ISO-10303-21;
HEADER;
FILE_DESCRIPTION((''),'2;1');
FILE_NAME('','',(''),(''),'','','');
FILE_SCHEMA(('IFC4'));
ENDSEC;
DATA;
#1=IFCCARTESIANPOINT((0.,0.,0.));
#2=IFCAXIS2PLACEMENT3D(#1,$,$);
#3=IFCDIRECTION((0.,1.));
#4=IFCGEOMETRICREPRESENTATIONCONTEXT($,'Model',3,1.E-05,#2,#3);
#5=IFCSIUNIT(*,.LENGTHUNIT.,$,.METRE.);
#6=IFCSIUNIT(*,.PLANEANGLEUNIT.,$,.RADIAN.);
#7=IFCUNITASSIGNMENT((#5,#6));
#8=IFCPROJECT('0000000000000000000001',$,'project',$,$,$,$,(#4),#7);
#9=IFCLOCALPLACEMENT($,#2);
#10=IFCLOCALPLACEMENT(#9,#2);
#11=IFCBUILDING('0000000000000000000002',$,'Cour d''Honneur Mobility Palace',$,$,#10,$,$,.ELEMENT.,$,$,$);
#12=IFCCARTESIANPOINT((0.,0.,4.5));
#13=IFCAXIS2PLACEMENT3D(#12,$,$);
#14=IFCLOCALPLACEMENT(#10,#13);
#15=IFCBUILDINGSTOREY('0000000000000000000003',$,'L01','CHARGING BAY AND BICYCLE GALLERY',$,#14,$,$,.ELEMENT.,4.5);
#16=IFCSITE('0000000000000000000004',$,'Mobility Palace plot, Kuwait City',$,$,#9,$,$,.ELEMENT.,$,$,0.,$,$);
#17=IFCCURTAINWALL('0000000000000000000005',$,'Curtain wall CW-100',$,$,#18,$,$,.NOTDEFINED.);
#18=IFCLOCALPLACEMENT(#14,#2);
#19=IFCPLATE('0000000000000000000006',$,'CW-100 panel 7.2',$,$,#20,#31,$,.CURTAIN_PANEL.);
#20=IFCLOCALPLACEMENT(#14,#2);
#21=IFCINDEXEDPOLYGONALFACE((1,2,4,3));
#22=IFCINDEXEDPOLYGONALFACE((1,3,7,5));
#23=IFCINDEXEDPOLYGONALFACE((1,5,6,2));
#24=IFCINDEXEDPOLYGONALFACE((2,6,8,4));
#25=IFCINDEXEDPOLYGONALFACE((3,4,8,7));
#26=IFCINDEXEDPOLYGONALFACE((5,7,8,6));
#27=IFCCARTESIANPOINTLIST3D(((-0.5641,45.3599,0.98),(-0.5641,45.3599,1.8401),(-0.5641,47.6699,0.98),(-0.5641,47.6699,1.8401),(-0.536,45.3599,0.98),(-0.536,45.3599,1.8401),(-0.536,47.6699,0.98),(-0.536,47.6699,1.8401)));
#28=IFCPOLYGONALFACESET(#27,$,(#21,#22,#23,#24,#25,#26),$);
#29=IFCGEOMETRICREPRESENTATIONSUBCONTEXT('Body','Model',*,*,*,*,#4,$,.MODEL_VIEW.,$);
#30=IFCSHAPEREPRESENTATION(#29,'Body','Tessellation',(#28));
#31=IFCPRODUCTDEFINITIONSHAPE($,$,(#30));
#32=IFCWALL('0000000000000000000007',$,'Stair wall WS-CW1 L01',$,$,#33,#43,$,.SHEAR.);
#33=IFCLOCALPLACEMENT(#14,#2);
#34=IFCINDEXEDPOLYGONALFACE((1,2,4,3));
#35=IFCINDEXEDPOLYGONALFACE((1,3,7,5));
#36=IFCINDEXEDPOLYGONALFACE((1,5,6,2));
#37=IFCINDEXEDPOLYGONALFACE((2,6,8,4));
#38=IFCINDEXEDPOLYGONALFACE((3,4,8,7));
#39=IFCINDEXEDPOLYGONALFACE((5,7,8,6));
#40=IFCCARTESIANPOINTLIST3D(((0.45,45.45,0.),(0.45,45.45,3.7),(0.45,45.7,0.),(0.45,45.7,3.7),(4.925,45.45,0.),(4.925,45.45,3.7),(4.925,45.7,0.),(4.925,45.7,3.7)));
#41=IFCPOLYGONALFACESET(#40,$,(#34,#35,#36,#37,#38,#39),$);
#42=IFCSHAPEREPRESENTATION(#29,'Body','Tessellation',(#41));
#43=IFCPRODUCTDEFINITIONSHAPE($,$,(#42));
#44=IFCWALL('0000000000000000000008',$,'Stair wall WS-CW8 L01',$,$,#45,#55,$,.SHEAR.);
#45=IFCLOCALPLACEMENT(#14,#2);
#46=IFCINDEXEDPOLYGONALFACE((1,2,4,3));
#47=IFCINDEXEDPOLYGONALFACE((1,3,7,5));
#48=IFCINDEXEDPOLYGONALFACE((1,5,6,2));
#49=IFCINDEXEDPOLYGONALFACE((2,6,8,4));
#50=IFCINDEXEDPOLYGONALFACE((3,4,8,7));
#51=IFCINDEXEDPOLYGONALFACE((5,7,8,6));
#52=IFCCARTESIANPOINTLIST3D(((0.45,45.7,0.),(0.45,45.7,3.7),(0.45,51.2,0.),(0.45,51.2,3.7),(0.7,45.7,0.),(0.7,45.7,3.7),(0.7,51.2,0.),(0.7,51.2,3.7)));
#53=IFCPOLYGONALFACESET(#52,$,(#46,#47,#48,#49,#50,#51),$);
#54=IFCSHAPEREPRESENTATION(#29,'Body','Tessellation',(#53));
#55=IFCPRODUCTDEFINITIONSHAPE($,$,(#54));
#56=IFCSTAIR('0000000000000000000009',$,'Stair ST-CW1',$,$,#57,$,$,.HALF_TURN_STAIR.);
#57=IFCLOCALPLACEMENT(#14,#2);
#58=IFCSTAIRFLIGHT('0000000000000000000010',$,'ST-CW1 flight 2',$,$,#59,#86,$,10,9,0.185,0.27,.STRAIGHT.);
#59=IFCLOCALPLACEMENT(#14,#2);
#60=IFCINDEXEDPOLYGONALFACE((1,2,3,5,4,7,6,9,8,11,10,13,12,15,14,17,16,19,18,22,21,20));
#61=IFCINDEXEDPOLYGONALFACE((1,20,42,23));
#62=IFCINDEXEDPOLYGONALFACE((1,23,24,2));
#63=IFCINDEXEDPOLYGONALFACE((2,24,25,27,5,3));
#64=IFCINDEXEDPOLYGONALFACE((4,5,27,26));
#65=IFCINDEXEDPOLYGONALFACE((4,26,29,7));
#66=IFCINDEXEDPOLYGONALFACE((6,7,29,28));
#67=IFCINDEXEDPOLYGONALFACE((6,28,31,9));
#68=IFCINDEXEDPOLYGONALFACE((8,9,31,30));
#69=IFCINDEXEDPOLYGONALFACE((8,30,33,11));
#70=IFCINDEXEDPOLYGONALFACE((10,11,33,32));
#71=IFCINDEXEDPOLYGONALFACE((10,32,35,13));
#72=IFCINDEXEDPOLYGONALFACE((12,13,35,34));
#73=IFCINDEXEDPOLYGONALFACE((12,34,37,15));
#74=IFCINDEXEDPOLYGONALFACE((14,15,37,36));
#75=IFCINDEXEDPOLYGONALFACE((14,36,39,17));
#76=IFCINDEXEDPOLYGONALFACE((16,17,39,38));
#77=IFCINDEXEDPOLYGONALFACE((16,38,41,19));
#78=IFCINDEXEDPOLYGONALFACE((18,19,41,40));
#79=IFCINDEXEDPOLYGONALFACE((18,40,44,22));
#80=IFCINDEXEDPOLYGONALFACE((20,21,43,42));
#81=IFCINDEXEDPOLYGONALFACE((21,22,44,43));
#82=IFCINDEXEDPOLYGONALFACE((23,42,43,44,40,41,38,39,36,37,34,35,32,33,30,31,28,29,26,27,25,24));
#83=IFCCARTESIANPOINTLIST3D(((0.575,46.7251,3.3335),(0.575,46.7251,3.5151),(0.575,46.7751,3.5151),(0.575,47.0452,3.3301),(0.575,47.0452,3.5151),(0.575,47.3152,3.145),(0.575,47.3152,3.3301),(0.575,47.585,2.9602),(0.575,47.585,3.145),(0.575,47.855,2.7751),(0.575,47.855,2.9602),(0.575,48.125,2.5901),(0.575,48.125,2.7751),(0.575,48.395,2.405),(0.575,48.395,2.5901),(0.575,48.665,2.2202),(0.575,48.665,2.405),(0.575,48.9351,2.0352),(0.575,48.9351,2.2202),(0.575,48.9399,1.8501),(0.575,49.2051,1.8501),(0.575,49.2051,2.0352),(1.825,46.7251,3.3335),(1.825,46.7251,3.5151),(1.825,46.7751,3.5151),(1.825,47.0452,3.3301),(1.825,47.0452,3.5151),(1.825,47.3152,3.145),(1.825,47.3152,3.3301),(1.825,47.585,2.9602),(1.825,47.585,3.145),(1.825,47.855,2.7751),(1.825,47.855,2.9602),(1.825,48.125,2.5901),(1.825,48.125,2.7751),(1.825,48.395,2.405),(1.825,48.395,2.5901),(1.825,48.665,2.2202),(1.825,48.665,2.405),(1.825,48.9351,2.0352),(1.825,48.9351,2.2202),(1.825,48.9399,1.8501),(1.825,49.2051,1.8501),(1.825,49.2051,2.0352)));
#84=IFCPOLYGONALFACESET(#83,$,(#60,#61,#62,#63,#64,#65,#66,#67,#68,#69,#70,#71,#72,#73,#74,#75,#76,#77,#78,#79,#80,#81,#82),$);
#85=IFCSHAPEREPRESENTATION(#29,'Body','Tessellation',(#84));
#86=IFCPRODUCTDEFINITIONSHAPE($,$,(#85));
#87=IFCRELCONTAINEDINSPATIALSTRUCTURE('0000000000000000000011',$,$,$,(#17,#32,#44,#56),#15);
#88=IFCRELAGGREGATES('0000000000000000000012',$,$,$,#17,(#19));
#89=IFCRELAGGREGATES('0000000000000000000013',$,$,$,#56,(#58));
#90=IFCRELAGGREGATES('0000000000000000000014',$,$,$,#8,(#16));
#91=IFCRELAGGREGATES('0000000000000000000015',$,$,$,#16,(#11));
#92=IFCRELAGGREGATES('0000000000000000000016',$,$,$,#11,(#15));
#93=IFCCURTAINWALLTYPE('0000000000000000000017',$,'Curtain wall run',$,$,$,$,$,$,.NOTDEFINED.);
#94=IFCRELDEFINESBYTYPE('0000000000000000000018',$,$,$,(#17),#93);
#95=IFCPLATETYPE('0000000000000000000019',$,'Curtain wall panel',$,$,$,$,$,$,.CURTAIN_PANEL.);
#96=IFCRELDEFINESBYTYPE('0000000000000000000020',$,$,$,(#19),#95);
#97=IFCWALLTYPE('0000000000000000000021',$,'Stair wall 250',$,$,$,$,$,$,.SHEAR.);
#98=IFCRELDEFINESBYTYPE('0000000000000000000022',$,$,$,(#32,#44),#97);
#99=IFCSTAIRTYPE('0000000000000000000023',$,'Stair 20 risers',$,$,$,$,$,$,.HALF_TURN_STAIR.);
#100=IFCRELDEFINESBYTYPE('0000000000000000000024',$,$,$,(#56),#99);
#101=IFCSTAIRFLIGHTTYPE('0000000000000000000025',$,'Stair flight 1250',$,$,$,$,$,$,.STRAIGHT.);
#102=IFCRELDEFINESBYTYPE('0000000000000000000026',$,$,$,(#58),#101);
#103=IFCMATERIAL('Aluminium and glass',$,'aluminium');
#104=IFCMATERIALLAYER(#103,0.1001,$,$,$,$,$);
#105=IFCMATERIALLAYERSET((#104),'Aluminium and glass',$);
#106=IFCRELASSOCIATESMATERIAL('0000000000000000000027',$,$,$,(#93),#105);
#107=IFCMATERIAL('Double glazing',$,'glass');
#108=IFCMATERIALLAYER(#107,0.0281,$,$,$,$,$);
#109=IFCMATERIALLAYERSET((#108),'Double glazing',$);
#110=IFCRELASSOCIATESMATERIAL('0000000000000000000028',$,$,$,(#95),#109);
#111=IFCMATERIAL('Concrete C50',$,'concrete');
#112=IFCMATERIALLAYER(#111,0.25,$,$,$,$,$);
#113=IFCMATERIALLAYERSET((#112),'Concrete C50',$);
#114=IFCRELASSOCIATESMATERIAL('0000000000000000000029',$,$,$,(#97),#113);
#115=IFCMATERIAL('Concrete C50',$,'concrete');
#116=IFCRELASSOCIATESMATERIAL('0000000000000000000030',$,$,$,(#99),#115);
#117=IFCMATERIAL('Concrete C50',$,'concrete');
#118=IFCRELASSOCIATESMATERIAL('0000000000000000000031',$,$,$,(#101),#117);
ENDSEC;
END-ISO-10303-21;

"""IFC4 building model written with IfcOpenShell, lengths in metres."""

from ifc_helpers import new_model, si_unit, direction, frame, frame_2d, origin, origin_2d, place, context, subcontext, project, spatial, polyline, rectangle, outline, extrude, material, layer, layer_set, type_object, element, aggregate, save


model = new_model("IFC4")

# Units and contexts
model_context = context("Model", 3, precision=1e-05, world=origin(), true_north=direction((0.0, 1.0)))
body_context = subcontext(model_context, "Body", "Model", "MODEL_VIEW")
ifc_project = project(units=[si_unit("LENGTHUNIT", "METRE"), si_unit("PLANEANGLEUNIT", "RADIAN")], contexts=[model_context])

# Site, building, storey
site_placement = place(None, origin())
site = spatial("IfcSite", under=ifc_project, at=site_placement, Name="Mobility Palace plot, Kuwait City", CompositionType="ELEMENT", RefElevation=0.0)
building_placement = place(site_placement, origin())
building = spatial("IfcBuilding", under=site, at=building_placement, Name="Cour d'Honneur Mobility Palace", CompositionType="ELEMENT")
storey_placement = place(building_placement, frame((0.0, 0.0, 4.5)))
storey = spatial("IfcBuildingStorey", under=building, at=storey_placement, Name="L01", Description="CHARGING BAY AND BICYCLE GALLERY", CompositionType="ELEMENT", Elevation=4.5)

# Curtain wall
ifc_material_1 = material(Name="Aluminium and glass", Category="aluminium")
ifc_layer_1 = layer(ifc_material_1, 0.1001)
ifc_layer_set_1 = layer_set([ifc_layer_1], Name="Aluminium and glass")
curtain_wall_type = type_object("IfcCurtainWallType", Name="Curtain wall run", PredefinedType="NOTDEFINED", material=ifc_layer_set_1)
curtain_wall_placement = place(storey_placement, origin())
curtain_wall = element("IfcCurtainWall", 1, at=curtain_wall_placement, inside=storey, type_object=curtain_wall_type, Name="Curtain wall CW-100", PredefinedType="NOTDEFINED")

# Plate
ifc_material_2 = material(Name="Double glazing", Category="glass")
ifc_layer_2 = layer(ifc_material_2, 0.0281)
ifc_layer_set_2 = layer_set([ifc_layer_2], Name="Double glazing")
plate_type = type_object("IfcPlateType", Name="Curtain wall panel", PredefinedType="CURTAIN_PANEL", material=ifc_layer_set_2)
plate_1_placement = place(storey_placement, frame((-0.55, 46.5149, 0.98), z_axis=(0.0, 0.0, 1.0), x_axis=(0.0, -1.0, 0.0)))
plate_1 = element("IfcPlate", 2, at=plate_1_placement, type_object=plate_type, Name="CW-100 panel 7.2", PredefinedType="CURTAIN_PANEL", context=body_context, shape_type="SweptSolid", body=[
    extrude(rectangle(XDim=2.3101, YDim=0.0281, at=origin_2d()), origin(), (0.0, 0.0, 1.0), 0.8601),
])
aggregate(curtain_wall, [plate_1])

# Walls
ifc_material_3 = material(Name="Concrete C50", Category="concrete")
ifc_layer_3 = layer(ifc_material_3, 0.25)
ifc_layer_set_3 = layer_set([ifc_layer_3], Name="Concrete C50")
wall_type = type_object("IfcWallType", Name="Stair wall 250", PredefinedType="SHEAR", material=ifc_layer_set_3)
wall_1_placement = place(storey_placement, frame((0.45, 45.575, 0.0), z_axis=(0.0, 0.0, 1.0), x_axis=(1.0, 0.0, 0.0)))
element("IfcWall", 3, at=wall_1_placement, inside=storey, type_object=wall_type, Name="Stair wall WS-CW1 L01", PredefinedType="SHEAR", context=body_context, shape_type="SweptSolid", body=[
    extrude(rectangle(XDim=4.4751, YDim=0.25, at=frame_2d((2.2375, 0.0))), origin(), (0.0, 0.0, 1.0), 3.7),
])
wall_2_placement = place(storey_placement, frame((0.575, 45.7, 0.0), z_axis=(0.0, 0.0, 1.0), x_axis=(0.0, 1.0, 0.0)))
element("IfcWall", 4, at=wall_2_placement, inside=storey, type_object=wall_type, Name="Stair wall WS-CW8 L01", PredefinedType="SHEAR", context=body_context, shape_type="SweptSolid", body=[
    extrude(rectangle(XDim=5.5, YDim=0.25, at=frame_2d((2.75, 0.0))), origin(), (0.0, 0.0, 1.0), 3.7),
])

# Stair, stair flight
ifc_material_4 = material(Name="Concrete C50", Category="concrete")
stair_type = type_object("IfcStairType", Name="Stair 20 risers", PredefinedType="HALF_TURN_STAIR", material=ifc_material_4)
stair_placement = place(storey_placement, origin())
stair = element("IfcStair", 5, at=stair_placement, inside=storey, type_object=stair_type, Name="Stair ST-CW1", PredefinedType="HALF_TURN_STAIR")
ifc_material_5 = material(Name="Concrete C50", Category="concrete")
stair_flight_type = type_object("IfcStairFlightType", Name="Stair flight 1250", PredefinedType="STRAIGHT", material=ifc_material_5)
stair_flight_placement = place(storey_placement, frame((1.2, 49.2051, 1.8501), z_axis=(0.0, 0.0, 1.0), x_axis=(0.0, -1.0, 0.0)))
stair_flight = element("IfcStairFlight", 6, at=stair_flight_placement, type_object=stair_flight_type, Name="ST-CW1 flight 2", NumberOfRisers=10, NumberOfTreads=9, PredefinedType="STRAIGHT", RiserHeight=0.185, TreadLength=0.27, context=body_context, shape_type="SweptSolid", body=[
    extrude(outline(polyline([(0.0, 0.0), (0.0, 0.1851), (0.27, 0.1851), (0.27, 0.3701), (0.54, 0.3701), (0.54, 0.5549), (0.8101, 0.5549), (0.8101, 0.74), (1.0801, 0.74), (1.0801, 0.925), (1.3501, 0.925), (1.3501, 1.1101), (1.6201, 1.1101), (1.6201, 1.2949), (1.8899, 1.2949), (1.8899, 1.48), (2.1599, 1.48), (2.1599, 1.665), (2.4299, 1.665), (2.48, 1.665), (2.48, 1.4834), (0.2651, 0.0), (0.0, 0.0)])), frame((0.0, 0.625, 0.0), z_axis=(0.0, -1.0, 0.0), x_axis=(1.0, 0.0, 0.0)), (0.0, 0.0, 1.0), 1.25),
])
aggregate(stair, [stair_flight])

save(model, "model.ifc")
